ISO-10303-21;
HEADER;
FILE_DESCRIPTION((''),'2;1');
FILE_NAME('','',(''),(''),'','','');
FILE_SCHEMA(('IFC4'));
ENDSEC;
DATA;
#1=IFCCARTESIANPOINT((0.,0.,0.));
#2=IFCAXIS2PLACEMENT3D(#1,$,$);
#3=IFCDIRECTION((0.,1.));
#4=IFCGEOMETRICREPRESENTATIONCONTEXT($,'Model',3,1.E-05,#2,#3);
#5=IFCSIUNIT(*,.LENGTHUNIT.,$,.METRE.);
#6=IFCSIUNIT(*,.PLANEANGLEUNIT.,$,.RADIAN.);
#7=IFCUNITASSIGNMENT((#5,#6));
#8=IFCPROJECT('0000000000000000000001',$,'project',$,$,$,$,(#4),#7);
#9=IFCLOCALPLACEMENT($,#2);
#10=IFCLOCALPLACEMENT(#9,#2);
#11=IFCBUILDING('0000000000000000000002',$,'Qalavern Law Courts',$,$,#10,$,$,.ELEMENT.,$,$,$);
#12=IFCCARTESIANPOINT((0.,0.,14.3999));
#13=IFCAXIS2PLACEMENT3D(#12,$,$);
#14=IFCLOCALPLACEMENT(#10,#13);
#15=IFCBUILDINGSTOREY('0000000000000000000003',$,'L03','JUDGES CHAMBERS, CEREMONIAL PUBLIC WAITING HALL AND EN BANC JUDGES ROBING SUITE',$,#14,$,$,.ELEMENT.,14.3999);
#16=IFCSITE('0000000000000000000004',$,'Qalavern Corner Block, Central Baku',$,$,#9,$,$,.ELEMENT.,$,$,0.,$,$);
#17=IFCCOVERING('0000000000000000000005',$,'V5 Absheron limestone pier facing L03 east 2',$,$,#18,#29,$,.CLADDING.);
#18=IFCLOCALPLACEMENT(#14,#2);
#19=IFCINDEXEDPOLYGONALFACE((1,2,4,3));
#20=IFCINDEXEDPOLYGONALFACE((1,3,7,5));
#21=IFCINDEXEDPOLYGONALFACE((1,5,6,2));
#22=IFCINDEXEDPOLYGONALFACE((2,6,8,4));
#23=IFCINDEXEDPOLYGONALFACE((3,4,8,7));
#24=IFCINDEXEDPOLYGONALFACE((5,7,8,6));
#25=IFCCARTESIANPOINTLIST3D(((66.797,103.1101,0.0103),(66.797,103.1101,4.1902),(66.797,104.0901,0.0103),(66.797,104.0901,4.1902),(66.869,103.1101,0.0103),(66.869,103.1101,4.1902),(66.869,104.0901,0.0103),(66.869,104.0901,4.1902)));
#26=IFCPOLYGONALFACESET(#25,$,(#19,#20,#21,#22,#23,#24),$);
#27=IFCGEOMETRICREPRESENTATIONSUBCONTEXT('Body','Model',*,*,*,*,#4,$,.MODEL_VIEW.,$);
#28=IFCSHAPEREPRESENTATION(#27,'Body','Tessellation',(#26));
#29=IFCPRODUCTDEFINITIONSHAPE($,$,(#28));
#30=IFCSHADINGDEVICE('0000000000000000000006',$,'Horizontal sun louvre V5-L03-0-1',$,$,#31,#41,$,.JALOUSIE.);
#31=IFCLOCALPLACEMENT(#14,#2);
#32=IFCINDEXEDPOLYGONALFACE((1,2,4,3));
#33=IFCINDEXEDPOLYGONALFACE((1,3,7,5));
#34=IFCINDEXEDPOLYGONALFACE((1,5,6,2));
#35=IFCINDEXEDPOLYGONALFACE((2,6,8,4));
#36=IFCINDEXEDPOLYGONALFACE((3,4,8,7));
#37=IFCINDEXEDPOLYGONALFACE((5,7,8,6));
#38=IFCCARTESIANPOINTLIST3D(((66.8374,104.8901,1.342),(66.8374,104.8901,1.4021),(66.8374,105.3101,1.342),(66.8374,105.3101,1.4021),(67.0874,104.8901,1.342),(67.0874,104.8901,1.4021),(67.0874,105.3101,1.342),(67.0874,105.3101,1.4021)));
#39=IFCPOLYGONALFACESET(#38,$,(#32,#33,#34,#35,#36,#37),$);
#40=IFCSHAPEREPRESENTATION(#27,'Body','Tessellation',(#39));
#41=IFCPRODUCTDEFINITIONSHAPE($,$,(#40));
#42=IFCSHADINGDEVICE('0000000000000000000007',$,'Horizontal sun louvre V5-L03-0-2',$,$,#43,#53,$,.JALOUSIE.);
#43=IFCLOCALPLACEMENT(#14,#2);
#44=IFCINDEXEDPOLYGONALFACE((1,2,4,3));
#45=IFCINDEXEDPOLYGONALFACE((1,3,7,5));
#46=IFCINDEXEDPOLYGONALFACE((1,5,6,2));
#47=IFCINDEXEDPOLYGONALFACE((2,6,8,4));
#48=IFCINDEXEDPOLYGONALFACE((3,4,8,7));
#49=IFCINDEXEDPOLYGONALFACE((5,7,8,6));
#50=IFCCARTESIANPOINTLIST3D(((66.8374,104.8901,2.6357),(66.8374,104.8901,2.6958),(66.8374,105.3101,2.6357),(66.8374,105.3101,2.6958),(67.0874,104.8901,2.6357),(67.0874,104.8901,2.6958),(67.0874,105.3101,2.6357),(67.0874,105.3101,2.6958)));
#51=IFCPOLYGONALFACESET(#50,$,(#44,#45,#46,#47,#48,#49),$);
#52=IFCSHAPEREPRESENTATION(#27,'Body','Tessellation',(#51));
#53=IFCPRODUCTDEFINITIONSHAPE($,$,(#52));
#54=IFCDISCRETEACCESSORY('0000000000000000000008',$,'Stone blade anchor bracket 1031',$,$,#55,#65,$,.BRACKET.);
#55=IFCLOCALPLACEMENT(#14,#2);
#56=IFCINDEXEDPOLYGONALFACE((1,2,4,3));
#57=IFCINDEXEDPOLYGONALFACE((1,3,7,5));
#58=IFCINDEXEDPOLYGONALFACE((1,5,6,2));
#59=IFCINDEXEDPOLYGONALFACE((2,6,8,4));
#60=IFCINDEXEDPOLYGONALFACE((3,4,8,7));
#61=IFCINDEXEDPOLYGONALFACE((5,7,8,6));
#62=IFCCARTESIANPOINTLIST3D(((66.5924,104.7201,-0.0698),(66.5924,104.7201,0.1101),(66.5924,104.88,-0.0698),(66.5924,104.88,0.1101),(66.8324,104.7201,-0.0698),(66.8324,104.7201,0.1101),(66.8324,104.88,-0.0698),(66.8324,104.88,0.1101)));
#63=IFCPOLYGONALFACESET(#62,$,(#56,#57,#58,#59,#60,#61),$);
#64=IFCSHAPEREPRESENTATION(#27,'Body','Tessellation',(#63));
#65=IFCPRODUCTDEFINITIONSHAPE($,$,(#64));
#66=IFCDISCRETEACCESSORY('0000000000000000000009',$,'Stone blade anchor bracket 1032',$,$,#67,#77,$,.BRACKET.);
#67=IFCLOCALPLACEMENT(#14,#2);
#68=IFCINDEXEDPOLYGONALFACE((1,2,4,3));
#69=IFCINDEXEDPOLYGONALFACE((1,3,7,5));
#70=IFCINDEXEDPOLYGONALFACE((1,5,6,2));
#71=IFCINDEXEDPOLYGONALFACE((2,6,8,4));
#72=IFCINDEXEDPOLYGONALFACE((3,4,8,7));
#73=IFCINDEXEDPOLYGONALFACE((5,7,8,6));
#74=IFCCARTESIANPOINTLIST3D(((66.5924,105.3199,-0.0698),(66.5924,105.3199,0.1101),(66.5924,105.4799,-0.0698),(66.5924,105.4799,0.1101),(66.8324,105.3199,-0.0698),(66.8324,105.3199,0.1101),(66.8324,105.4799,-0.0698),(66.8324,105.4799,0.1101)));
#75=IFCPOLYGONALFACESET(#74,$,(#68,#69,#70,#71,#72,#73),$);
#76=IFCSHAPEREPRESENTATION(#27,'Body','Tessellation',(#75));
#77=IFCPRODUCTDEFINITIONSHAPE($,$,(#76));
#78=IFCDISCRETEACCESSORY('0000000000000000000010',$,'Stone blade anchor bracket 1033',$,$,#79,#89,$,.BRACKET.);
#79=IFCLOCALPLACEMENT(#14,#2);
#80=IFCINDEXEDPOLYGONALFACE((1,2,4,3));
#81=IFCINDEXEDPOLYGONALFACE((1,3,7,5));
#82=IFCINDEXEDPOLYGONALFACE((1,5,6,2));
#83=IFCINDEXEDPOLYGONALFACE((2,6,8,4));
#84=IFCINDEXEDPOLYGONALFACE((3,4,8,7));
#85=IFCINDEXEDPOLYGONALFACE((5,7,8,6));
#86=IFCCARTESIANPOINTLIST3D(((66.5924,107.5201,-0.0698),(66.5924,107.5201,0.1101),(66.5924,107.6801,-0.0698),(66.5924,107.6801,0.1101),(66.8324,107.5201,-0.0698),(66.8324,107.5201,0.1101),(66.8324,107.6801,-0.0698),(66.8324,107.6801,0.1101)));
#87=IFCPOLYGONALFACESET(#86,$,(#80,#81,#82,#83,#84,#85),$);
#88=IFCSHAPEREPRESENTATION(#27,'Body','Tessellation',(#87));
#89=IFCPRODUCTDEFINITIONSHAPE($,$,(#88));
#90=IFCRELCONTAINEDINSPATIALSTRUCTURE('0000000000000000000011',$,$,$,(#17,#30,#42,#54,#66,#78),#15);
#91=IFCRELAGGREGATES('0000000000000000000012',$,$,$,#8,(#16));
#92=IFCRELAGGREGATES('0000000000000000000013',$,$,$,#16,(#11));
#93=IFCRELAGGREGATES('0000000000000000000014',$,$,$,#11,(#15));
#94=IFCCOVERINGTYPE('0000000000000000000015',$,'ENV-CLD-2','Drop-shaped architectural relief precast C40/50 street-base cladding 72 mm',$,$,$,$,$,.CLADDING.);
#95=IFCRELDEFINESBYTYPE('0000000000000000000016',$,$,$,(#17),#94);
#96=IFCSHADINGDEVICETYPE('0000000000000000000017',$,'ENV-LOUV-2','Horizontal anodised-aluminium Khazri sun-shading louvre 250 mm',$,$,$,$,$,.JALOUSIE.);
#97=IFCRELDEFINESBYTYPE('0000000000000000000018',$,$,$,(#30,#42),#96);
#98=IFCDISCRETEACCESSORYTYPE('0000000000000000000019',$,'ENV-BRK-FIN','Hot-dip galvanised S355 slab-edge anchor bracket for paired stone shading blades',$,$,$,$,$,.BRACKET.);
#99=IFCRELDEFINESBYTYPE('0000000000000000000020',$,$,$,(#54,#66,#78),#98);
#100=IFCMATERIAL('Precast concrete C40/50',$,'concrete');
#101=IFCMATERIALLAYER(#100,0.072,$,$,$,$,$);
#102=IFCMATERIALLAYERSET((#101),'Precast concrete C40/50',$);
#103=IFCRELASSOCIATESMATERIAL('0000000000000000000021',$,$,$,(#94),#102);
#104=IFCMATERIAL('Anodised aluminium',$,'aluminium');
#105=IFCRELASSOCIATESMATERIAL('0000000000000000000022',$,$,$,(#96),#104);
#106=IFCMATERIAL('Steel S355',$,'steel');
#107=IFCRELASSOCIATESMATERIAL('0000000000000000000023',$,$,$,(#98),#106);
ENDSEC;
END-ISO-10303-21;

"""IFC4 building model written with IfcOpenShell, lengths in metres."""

from ifc_helpers import new_model, si_unit, direction, frame, origin, origin_2d, place, context, subcontext, project, spatial, rectangle, extrude, material, layer, layer_set, type_object, element, save


model = new_model("IFC4")

# Units and contexts
model_context = context("Model", 3, precision=1e-05, world=origin(), true_north=direction((0.0, 1.0)))
body_context = subcontext(model_context, "Body", "Model", "MODEL_VIEW")
ifc_project = project(units=[si_unit("LENGTHUNIT", "METRE"), si_unit("PLANEANGLEUNIT", "RADIAN")], contexts=[model_context])

# Site, building, storey
site_placement = place(None, origin())
site = spatial("IfcSite", under=ifc_project, at=site_placement, Name="Qalavern Corner Block, Central Baku", CompositionType="ELEMENT", RefElevation=0.0)
building_placement = place(site_placement, origin())
building = spatial("IfcBuilding", under=site, at=building_placement, Name="Qalavern Law Courts", CompositionType="ELEMENT")
storey_placement = place(building_placement, frame((0.0, 0.0, 14.3999)))
storey = spatial("IfcBuildingStorey", under=building, at=storey_placement, Name="L03", Description="JUDGES CHAMBERS, CEREMONIAL PUBLIC WAITING HALL AND EN BANC JUDGES ROBING SUITE", CompositionType="ELEMENT", Elevation=14.3999)

# Shared definitions
ifc_material_1 = material(Name="Anodised aluminium", Category="aluminium")

# Shared definitions
ifc_material_2 = material(Name="Steel S355", Category="steel")

# Covering
ifc_material_3 = material(Name="Precast concrete C40/50", Category="concrete")
ifc_layer_1 = layer(ifc_material_3, 0.072)
ifc_layer_set_1 = layer_set([ifc_layer_1], Name="Precast concrete C40/50")
covering_type_1 = type_object("IfcCoveringType", Name="ENV-CLD-2", Description="Drop-shaped architectural relief precast C40/50 street-base cladding 72 mm", PredefinedType="CLADDING", material=ifc_layer_set_1)
covering_placement = place(storey_placement, frame((66.833, 103.6001, 0.0103), z_axis=(0.0, 0.0, 1.0), x_axis=(0.0, 1.0, 0.0)))
element("IfcCovering", 1, at=covering_placement, inside=storey, type_object=covering_type_1, Name="V5 Absheron limestone pier facing L03 east 2", PredefinedType="CLADDING", context=body_context, shape_type="SweptSolid", body=[
    extrude(rectangle(XDim=0.98, YDim=0.072, at=origin_2d()), origin(), (0.0, 0.0, 1.0), 4.1799),
])

# Shading devices
shading_device_type = type_object("IfcShadingDeviceType", Name="ENV-LOUV-2", Description="Horizontal anodised-aluminium Khazri sun-shading louvre 250 mm", PredefinedType="JALOUSIE", material=ifc_material_1)
for number, where, z_axis, x_axis, name in (
    (2, (66.9624, 105.1001, 1.342), (0.0, 0.0, 1.0), (0.0, 1.0, 0.0), "Horizontal sun louvre V5-L03-0-1"),
    (3, (66.9624, 105.1001, 2.6357), (0.0, 0.0, 1.0), (0.0, 1.0, 0.0), "Horizontal sun louvre V5-L03-0-2"),
):
    element("IfcShadingDevice", number, at=place(storey_placement, frame(where, z_axis=z_axis, x_axis=x_axis)), inside=storey, type_object=shading_device_type, Name=name, PredefinedType="JALOUSIE", context=body_context, shape_type="SweptSolid", body=[
        extrude(rectangle(XDim=0.4199, YDim=0.25, at=origin_2d()), origin(), (0.0, 0.0, 1.0), 0.0601),
    ])

# Discrete accessories
discrete_accessory_type = type_object("IfcDiscreteAccessoryType", Name="ENV-BRK-FIN", Description="Hot-dip galvanised S355 slab-edge anchor bracket for paired stone shading blades", PredefinedType="BRACKET", material=ifc_material_2)
for number, where, z_axis, x_axis, name in (
    (4, (66.7124, 104.8, -0.0698), (0.0, 0.0, 1.0), (1.0, 0.0, 0.0), "Stone blade anchor bracket 1031"),
    (5, (66.7124, 105.3999, -0.0698), (0.0, 0.0, 1.0), (1.0, 0.0, 0.0), "Stone blade anchor bracket 1032"),
    (6, (66.7124, 107.6001, -0.0698), (0.0, 0.0, 1.0), (1.0, 0.0, 0.0), "Stone blade anchor bracket 1033"),
):
    element("IfcDiscreteAccessory", number, at=place(storey_placement, frame(where, z_axis=z_axis, x_axis=x_axis)), inside=storey, type_object=discrete_accessory_type, Name=name, PredefinedType="BRACKET", context=body_context, shape_type="SweptSolid", body=[
        extrude(rectangle(XDim=0.24, YDim=0.1599, at=origin_2d()), origin(), (0.0, 0.0, 1.0), 0.1799),
    ])

save(model, "model.ifc")
